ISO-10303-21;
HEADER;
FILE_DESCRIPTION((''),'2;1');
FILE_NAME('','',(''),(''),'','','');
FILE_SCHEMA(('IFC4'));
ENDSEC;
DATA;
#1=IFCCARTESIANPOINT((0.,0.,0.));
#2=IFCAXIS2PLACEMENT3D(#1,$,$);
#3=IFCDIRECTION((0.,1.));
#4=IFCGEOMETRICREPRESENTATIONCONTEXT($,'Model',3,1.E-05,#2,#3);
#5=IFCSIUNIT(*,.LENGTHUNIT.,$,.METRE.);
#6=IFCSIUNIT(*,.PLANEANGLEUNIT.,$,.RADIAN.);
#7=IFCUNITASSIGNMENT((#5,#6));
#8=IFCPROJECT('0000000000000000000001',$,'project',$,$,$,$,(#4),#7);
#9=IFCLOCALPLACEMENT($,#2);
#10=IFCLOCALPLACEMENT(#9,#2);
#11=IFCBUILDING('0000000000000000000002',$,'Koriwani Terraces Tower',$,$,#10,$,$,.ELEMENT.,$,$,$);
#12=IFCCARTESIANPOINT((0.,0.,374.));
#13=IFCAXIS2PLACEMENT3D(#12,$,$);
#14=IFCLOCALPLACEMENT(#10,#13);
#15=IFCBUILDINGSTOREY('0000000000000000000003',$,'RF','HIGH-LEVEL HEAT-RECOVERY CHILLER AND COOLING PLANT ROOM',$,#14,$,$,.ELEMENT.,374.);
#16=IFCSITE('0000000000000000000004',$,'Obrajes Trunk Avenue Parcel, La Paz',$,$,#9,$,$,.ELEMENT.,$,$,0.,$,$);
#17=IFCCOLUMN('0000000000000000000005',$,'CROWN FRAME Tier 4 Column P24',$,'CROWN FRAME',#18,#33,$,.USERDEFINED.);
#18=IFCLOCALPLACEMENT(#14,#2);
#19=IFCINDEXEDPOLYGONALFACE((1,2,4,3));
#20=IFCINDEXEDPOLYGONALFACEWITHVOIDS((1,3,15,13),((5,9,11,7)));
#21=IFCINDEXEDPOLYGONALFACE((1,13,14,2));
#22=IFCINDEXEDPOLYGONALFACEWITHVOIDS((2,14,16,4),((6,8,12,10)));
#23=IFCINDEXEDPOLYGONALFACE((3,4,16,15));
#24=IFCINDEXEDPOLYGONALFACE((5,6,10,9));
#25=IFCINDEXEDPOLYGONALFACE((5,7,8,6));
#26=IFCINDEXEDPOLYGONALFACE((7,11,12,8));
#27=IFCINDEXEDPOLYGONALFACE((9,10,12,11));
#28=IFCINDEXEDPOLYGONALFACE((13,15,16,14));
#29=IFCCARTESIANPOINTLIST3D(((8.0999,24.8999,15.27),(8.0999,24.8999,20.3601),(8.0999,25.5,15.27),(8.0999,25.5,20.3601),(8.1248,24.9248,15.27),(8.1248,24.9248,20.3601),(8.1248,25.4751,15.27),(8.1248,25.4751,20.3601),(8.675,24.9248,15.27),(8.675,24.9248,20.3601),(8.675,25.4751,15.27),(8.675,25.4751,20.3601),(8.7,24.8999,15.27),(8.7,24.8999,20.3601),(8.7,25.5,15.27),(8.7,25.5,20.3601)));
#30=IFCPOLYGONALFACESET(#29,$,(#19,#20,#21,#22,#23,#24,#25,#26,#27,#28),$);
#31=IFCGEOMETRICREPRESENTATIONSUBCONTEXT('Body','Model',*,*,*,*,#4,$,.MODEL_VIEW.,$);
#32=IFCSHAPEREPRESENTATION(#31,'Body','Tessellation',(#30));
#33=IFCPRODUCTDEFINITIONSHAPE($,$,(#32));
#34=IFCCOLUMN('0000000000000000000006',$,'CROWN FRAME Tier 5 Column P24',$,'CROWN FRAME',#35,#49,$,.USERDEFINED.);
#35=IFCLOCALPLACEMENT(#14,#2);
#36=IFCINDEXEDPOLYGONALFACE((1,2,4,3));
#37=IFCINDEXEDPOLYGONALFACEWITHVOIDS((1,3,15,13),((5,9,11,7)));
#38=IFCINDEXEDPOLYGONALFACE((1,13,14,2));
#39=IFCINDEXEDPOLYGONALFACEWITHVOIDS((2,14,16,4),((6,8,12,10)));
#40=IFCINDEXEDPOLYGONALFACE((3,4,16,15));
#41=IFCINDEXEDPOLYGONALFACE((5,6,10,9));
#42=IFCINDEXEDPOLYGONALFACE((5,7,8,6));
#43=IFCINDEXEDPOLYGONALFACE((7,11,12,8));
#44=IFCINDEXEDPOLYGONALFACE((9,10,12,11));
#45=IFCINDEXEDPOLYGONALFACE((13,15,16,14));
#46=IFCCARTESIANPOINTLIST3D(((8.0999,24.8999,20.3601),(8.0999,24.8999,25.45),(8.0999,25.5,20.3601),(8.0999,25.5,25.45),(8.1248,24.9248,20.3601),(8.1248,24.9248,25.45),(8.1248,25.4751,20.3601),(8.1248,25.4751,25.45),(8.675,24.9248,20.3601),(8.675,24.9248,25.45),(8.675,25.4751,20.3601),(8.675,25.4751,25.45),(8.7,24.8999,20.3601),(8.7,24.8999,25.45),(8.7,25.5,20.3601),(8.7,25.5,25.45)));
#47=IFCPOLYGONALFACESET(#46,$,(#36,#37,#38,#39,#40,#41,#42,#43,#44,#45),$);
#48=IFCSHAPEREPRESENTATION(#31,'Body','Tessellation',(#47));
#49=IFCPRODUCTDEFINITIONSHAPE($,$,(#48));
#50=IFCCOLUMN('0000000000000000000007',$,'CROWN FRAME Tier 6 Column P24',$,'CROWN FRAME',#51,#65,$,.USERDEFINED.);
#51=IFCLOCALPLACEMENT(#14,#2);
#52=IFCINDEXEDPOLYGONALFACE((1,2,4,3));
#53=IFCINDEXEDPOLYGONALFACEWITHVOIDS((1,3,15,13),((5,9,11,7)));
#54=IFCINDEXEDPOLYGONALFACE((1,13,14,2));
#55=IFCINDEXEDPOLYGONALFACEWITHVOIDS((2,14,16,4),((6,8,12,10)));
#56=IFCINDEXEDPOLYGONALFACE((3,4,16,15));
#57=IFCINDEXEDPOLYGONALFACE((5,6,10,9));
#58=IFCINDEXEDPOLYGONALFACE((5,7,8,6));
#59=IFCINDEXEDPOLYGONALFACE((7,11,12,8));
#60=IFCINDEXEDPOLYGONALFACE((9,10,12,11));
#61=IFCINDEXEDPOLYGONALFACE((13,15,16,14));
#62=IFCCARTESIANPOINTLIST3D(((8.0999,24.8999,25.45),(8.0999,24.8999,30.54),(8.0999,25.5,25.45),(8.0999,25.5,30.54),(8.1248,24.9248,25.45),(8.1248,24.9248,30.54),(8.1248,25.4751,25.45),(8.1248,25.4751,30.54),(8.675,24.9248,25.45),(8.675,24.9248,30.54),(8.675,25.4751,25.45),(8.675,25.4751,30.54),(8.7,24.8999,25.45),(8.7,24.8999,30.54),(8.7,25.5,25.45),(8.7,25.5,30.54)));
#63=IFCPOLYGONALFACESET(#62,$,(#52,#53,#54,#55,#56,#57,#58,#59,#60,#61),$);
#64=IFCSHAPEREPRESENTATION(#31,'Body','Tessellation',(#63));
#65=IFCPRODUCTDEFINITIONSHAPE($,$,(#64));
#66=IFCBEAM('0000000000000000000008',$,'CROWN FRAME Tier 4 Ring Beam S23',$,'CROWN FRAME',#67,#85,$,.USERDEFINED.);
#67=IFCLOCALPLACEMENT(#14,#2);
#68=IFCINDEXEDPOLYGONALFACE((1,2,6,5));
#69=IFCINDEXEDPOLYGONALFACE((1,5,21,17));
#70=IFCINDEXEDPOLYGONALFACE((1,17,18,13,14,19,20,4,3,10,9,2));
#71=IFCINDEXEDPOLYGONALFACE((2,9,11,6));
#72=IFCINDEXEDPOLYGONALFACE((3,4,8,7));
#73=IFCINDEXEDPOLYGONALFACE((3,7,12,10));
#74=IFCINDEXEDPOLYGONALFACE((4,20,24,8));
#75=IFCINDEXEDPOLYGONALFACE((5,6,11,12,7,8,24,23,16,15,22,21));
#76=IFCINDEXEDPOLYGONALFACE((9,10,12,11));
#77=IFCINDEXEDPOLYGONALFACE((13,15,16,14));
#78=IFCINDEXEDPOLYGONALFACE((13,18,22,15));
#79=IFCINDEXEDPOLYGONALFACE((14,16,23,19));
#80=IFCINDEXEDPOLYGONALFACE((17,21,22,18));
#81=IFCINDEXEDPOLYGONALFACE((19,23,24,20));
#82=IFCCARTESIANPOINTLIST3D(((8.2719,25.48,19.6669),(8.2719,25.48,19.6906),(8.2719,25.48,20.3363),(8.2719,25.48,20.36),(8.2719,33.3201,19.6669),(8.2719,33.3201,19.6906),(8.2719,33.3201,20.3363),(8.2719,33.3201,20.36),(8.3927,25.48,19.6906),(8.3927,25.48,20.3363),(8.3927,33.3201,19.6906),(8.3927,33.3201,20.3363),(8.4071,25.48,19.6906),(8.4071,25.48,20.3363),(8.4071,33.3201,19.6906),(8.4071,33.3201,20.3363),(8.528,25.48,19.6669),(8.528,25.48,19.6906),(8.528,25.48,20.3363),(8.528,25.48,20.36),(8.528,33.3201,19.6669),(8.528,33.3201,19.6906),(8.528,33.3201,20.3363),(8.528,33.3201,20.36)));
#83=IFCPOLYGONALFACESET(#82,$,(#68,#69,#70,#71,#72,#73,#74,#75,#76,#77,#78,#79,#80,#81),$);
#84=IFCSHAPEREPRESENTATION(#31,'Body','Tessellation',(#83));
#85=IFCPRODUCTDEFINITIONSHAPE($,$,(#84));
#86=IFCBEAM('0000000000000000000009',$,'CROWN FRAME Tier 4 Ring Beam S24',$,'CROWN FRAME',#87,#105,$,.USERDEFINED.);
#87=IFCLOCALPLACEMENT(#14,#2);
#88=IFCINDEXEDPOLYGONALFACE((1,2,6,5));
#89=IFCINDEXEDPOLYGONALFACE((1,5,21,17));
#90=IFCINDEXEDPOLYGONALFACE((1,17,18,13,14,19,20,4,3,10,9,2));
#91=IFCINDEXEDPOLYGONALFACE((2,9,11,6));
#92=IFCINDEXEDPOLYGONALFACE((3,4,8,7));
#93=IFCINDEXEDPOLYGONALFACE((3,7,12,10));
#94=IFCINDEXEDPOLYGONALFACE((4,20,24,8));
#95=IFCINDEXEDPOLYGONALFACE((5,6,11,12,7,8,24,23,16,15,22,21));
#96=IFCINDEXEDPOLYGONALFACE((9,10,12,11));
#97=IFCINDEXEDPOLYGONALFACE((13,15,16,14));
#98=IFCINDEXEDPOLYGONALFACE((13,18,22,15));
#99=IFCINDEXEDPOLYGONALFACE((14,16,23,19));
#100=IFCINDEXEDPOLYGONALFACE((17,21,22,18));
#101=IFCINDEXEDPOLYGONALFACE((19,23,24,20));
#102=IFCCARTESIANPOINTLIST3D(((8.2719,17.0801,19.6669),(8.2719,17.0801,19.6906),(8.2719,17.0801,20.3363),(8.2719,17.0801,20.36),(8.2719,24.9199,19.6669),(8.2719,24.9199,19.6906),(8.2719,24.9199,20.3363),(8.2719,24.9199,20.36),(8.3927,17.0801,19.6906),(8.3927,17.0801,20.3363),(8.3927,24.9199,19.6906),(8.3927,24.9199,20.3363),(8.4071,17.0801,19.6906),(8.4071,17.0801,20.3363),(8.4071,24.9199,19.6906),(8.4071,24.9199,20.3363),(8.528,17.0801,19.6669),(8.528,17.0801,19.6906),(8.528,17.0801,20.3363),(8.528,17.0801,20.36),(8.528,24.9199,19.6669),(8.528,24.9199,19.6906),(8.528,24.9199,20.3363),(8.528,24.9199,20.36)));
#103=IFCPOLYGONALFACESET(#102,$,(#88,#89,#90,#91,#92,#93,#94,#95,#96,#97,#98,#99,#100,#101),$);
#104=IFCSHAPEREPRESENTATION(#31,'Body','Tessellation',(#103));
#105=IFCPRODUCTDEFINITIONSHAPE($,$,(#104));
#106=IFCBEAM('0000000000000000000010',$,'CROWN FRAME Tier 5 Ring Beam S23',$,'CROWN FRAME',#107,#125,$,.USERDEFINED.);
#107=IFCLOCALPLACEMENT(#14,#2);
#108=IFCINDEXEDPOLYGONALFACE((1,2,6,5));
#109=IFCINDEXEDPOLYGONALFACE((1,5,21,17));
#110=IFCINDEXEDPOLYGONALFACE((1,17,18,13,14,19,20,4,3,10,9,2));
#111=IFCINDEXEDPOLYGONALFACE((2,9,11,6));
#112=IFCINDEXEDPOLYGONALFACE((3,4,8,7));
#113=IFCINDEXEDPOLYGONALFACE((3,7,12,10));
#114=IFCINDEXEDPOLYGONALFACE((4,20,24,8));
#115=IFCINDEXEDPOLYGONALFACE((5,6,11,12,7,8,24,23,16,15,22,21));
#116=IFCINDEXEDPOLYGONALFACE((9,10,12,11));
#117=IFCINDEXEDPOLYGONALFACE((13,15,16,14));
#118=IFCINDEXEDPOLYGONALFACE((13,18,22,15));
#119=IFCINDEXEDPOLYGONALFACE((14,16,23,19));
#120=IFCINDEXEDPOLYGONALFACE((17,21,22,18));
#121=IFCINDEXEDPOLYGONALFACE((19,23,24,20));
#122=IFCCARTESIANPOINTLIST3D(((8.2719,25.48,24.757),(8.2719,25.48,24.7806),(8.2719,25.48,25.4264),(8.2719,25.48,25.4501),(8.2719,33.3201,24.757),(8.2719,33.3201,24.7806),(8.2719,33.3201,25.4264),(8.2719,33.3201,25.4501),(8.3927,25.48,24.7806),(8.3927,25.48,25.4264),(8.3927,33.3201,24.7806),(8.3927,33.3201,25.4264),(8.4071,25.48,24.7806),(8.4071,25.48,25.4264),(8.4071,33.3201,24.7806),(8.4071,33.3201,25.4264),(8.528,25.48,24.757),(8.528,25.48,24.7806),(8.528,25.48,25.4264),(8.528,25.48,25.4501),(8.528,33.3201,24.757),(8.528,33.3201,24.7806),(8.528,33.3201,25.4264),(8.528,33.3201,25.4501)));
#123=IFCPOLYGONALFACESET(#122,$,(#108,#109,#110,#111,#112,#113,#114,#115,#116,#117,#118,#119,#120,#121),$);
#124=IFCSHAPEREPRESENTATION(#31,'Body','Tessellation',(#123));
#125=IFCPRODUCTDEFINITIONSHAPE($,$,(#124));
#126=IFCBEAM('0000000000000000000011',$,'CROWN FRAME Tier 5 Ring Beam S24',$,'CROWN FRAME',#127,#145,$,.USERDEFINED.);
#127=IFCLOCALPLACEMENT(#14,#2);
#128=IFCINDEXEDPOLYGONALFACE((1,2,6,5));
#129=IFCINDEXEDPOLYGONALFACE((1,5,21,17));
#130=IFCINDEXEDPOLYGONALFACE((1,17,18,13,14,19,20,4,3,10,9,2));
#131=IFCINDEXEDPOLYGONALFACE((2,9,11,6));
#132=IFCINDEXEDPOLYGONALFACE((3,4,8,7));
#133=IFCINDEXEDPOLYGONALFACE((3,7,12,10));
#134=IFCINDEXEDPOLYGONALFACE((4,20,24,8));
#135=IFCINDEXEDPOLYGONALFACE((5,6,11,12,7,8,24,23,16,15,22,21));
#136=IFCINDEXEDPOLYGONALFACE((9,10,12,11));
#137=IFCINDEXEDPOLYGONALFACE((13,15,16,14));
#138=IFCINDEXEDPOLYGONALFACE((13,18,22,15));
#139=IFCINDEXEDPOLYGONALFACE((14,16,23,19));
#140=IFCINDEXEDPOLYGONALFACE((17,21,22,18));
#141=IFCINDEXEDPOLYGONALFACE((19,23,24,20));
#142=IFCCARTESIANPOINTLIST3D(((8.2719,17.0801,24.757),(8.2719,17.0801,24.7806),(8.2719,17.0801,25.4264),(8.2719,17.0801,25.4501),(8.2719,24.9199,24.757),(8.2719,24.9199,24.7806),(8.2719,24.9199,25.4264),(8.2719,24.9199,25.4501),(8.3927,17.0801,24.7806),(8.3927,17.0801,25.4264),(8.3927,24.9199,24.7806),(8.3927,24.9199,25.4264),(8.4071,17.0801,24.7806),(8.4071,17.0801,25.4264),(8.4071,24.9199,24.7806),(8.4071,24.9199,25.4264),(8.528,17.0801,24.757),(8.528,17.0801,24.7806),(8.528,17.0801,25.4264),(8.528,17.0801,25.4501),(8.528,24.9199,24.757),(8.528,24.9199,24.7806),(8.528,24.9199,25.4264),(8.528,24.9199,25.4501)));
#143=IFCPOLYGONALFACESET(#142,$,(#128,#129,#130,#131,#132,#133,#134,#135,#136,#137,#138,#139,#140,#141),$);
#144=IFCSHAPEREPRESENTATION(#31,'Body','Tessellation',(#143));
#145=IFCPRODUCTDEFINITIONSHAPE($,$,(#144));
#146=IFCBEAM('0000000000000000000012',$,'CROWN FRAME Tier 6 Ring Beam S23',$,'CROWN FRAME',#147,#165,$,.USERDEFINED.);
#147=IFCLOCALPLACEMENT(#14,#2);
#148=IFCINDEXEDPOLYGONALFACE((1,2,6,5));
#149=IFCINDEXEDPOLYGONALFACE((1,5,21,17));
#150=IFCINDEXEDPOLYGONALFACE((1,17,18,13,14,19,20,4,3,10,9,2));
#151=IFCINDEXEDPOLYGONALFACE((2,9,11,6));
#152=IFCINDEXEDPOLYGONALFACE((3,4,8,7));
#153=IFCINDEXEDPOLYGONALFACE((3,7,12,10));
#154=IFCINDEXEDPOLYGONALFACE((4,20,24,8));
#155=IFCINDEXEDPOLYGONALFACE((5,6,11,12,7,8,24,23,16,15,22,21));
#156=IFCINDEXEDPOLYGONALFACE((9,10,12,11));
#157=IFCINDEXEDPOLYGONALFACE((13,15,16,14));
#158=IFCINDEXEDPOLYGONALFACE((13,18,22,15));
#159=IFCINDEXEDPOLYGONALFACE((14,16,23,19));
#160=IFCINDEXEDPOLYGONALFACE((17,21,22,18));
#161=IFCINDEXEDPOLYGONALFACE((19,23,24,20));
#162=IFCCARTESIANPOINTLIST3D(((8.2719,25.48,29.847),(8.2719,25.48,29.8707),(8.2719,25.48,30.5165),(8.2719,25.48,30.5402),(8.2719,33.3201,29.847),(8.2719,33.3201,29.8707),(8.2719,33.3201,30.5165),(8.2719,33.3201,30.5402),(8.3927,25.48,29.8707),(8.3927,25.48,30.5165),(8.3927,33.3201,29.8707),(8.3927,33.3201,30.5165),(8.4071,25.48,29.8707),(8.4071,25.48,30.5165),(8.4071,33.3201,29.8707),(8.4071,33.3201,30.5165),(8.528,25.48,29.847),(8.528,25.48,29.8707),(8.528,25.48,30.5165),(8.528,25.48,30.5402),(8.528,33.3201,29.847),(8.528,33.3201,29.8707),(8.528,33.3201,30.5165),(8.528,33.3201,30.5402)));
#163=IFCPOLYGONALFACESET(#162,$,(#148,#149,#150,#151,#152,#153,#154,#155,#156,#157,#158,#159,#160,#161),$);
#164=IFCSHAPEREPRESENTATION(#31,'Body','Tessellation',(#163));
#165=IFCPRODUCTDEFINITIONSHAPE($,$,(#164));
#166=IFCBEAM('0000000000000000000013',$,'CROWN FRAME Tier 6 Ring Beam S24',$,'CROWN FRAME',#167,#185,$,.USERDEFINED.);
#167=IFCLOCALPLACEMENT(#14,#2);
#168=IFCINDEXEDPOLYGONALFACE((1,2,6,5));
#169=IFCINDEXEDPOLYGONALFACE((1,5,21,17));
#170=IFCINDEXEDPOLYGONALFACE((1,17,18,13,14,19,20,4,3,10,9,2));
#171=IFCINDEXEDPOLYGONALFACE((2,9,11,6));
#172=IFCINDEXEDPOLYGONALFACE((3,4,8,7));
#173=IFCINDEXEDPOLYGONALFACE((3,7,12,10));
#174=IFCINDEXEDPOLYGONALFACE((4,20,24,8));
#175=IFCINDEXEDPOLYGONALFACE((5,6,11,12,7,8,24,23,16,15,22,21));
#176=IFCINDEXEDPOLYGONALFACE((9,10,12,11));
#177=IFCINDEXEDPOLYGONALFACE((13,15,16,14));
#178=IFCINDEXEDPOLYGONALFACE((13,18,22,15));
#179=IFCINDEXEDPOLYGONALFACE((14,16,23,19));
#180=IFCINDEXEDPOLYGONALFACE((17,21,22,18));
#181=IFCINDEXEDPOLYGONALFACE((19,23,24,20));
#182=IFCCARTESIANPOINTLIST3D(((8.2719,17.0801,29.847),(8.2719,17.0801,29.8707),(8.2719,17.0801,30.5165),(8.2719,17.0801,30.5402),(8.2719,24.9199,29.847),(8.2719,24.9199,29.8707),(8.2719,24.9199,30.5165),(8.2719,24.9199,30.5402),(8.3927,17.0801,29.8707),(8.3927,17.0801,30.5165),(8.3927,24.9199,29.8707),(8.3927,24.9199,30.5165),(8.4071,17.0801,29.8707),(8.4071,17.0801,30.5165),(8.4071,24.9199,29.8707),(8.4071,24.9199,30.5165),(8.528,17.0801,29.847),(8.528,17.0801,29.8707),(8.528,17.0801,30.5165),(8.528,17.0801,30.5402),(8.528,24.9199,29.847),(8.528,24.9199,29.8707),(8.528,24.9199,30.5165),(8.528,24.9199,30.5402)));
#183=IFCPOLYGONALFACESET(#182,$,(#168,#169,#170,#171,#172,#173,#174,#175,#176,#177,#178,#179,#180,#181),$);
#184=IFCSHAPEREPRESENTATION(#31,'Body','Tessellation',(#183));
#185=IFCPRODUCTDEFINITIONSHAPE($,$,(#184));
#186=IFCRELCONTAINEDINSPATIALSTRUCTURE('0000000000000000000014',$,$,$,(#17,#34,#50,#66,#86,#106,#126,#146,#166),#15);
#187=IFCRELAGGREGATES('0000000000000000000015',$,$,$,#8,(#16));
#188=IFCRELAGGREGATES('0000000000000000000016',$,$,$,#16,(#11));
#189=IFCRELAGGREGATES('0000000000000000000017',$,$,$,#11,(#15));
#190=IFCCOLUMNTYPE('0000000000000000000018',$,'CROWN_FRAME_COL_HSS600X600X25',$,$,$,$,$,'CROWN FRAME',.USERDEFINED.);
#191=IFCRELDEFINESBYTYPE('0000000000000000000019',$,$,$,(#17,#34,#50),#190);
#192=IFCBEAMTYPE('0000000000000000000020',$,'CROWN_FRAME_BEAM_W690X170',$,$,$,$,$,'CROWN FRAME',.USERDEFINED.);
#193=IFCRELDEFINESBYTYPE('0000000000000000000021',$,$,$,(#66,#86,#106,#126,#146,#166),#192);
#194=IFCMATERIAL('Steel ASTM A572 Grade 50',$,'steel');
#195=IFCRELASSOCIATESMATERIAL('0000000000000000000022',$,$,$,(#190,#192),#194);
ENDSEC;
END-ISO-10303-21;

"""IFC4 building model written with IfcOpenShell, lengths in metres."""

from ifc_helpers import new_model, si_unit, direction, frame, origin, origin_2d, place, context, subcontext, project, spatial, hollow_rectangle, i_section, extrude, material, material_profile, profile_set, type_object, element, save


model = new_model("IFC4")

# Units and contexts
model_context = context("Model", 3, precision=1e-05, world=origin(), true_north=direction((0.0, 1.0)))
body_context = subcontext(model_context, "Body", "Model", "MODEL_VIEW")
ifc_project = project(units=[si_unit("LENGTHUNIT", "METRE"), si_unit("PLANEANGLEUNIT", "RADIAN")], contexts=[model_context])

# Site, building, storey
site_placement = place(None, origin())
site = spatial("IfcSite", under=ifc_project, at=site_placement, Name="Obrajes Trunk Avenue Parcel, La Paz", CompositionType="ELEMENT", RefElevation=0.0)
building_placement = place(site_placement, origin())
building = spatial("IfcBuilding", under=site, at=building_placement, Name="Koriwani Terraces Tower", CompositionType="ELEMENT")
storey_placement = place(building_placement, frame((0.0, 0.0, 374.0)))
storey = spatial("IfcBuildingStorey", under=building, at=storey_placement, Name="RF", Description="HIGH-LEVEL HEAT-RECOVERY CHILLER AND COOLING PLANT ROOM", CompositionType="ELEMENT", Elevation=374.0)

# Columns
ifc_material_1 = material(Name="Steel ASTM A572 Grade 50", Category="steel")
ifc_material_profile_1 = material_profile(ifc_material_1, hollow_rectangle(XDim=0.6001, YDim=0.6001, WallThickness=0.0249, at=origin_2d()), Name="Steel ASTM A572 Grade 50", Category="LoadBearing")
ifc_profile_set_1 = profile_set([ifc_material_profile_1], Name="Steel ASTM A572 Grade 50")
column_type = type_object("IfcColumnType", Name="CROWN_FRAME_COL_HSS600X600X25", ElementType="CROWN FRAME", PredefinedType="USERDEFINED", material=ifc_profile_set_1)
column_1_placement = place(storey_placement, frame((8.3999, 25.2, 15.27), z_axis=(0.0, 0.0, 1.0), x_axis=(1.0, 0.0, 0.0)))
element("IfcColumn", 1, at=column_1_placement, inside=storey, type_object=column_type, Name="CROWN FRAME Tier 4 Column P24", ObjectType="CROWN FRAME", PredefinedType="USERDEFINED", context=body_context, shape_type="SweptSolid", body=[
    extrude(hollow_rectangle(XDim=0.6001, YDim=0.6001, WallThickness=0.0249, at=origin_2d()), origin(), (0.0, 0.0, 1.0), 5.0901),
])
column_2_placement = place(storey_placement, frame((8.3999, 25.2, 20.3601), z_axis=(0.0, 0.0, 1.0), x_axis=(1.0, 0.0, 0.0)))
element("IfcColumn", 2, at=column_2_placement, inside=storey, type_object=column_type, Name="CROWN FRAME Tier 5 Column P24", ObjectType="CROWN FRAME", PredefinedType="USERDEFINED", context=body_context, shape_type="SweptSolid", body=[
    extrude(hollow_rectangle(XDim=0.6001, YDim=0.6001, WallThickness=0.0249, at=origin_2d()), origin(), (0.0, 0.0, 1.0), 5.0898),
])
column_3_placement = place(storey_placement, frame((8.3999, 25.2, 25.45), z_axis=(0.0, 0.0, 1.0), x_axis=(1.0, 0.0, 0.0)))
element("IfcColumn", 3, at=column_3_placement, inside=storey, type_object=column_type, Name="CROWN FRAME Tier 6 Column P24", ObjectType="CROWN FRAME", PredefinedType="USERDEFINED", context=body_context, shape_type="SweptSolid", body=[
    extrude(hollow_rectangle(XDim=0.6001, YDim=0.6001, WallThickness=0.0249, at=origin_2d()), origin(), (0.0, 0.0, 1.0), 5.0901),
])

# Beams
ifc_material_profile_2 = material_profile(ifc_material_1, i_section(OverallWidth=0.2561, OverallDepth=0.6931, WebThickness=0.0144, FlangeThickness=0.0237, at=origin_2d()), Name="Steel ASTM A572 Grade 50", Category="LoadBearing")
ifc_profile_set_2 = profile_set([ifc_material_profile_2], Name="Steel ASTM A572 Grade 50")
beam_type_1 = type_object("IfcBeamType", Name="CROWN_FRAME_BEAM_W690X170", ElementType="CROWN FRAME", PredefinedType="USERDEFINED", material=ifc_profile_set_2)
beam_1_placement = place(storey_placement, frame((8.3999, 33.3201, 20.0134), z_axis=(0.0, -1.0, 0.0), x_axis=(1.0, 0.0, 0.0)))
element("IfcBeam", 4, at=beam_1_placement, inside=storey, type_object=beam_type_1, Name="CROWN FRAME Tier 4 Ring Beam S23", ObjectType="CROWN FRAME", PredefinedType="USERDEFINED", context=body_context, shape_type="SweptSolid", body=[
    extrude(i_section(OverallWidth=0.2561, OverallDepth=0.6931, WebThickness=0.0144, FlangeThickness=0.0237, at=origin_2d()), origin(), (0.0, 0.0, 1.0), 7.8401),
])
beam_2_placement = place(storey_placement, frame((8.3999, 24.9199, 20.0134), z_axis=(0.0, -1.0, 0.0), x_axis=(1.0, 0.0, 0.0)))
element("IfcBeam", 5, at=beam_2_placement, inside=storey, type_object=beam_type_1, Name="CROWN FRAME Tier 4 Ring Beam S24", ObjectType="CROWN FRAME", PredefinedType="USERDEFINED", context=body_context, shape_type="SweptSolid", body=[
    extrude(i_section(OverallWidth=0.2561, OverallDepth=0.6931, WebThickness=0.0144, FlangeThickness=0.0237, at=origin_2d()), origin(), (0.0, 0.0, 1.0), 7.8398),
])
beam_3_placement = place(storey_placement, frame((8.3999, 33.3201, 25.1035), z_axis=(0.0, -1.0, 0.0), x_axis=(1.0, 0.0, 0.0)))
element("IfcBeam", 6, at=beam_3_placement, inside=storey, type_object=beam_type_1, Name="CROWN FRAME Tier 5 Ring Beam S23", ObjectType="CROWN FRAME", PredefinedType="USERDEFINED", context=body_context, shape_type="SweptSolid", body=[
    extrude(i_section(OverallWidth=0.2561, OverallDepth=0.6931, WebThickness=0.0144, FlangeThickness=0.0237, at=origin_2d()), origin(), (0.0, 0.0, 1.0), 7.8401),
])
beam_4_placement = place(storey_placement, frame((8.3999, 24.9199, 25.1035), z_axis=(0.0, -1.0, 0.0), x_axis=(1.0, 0.0, 0.0)))
element("IfcBeam", 7, at=beam_4_placement, inside=storey, type_object=beam_type_1, Name="CROWN FRAME Tier 5 Ring Beam S24", ObjectType="CROWN FRAME", PredefinedType="USERDEFINED", context=body_context, shape_type="SweptSolid", body=[
    extrude(i_section(OverallWidth=0.2561, OverallDepth=0.6931, WebThickness=0.0144, FlangeThickness=0.0237, at=origin_2d()), origin(), (0.0, 0.0, 1.0), 7.8398),
])
beam_5_placement = place(storey_placement, frame((8.3999, 33.3201, 30.1936), z_axis=(0.0, -1.0, 0.0), x_axis=(1.0, 0.0, 0.0)))
element("IfcBeam", 8, at=beam_5_placement, inside=storey, type_object=beam_type_1, Name="CROWN FRAME Tier 6 Ring Beam S23", ObjectType="CROWN FRAME", PredefinedType="USERDEFINED", context=body_context, shape_type="SweptSolid", body=[
    extrude(i_section(OverallWidth=0.2561, OverallDepth=0.6931, WebThickness=0.0144, FlangeThickness=0.0237, at=origin_2d()), origin(), (0.0, 0.0, 1.0), 7.8401),
])
beam_6_placement = place(storey_placement, frame((8.3999, 24.9199, 30.1936), z_axis=(0.0, -1.0, 0.0), x_axis=(1.0, 0.0, 0.0)))
element("IfcBeam", 9, at=beam_6_placement, inside=storey, type_object=beam_type_1, Name="CROWN FRAME Tier 6 Ring Beam S24", ObjectType="CROWN FRAME", PredefinedType="USERDEFINED", context=body_context, shape_type="SweptSolid", body=[
    extrude(i_section(OverallWidth=0.2561, OverallDepth=0.6931, WebThickness=0.0144, FlangeThickness=0.0237, at=origin_2d()), origin(), (0.0, 0.0, 1.0), 7.8398),
])

save(model, "model.ifc")
